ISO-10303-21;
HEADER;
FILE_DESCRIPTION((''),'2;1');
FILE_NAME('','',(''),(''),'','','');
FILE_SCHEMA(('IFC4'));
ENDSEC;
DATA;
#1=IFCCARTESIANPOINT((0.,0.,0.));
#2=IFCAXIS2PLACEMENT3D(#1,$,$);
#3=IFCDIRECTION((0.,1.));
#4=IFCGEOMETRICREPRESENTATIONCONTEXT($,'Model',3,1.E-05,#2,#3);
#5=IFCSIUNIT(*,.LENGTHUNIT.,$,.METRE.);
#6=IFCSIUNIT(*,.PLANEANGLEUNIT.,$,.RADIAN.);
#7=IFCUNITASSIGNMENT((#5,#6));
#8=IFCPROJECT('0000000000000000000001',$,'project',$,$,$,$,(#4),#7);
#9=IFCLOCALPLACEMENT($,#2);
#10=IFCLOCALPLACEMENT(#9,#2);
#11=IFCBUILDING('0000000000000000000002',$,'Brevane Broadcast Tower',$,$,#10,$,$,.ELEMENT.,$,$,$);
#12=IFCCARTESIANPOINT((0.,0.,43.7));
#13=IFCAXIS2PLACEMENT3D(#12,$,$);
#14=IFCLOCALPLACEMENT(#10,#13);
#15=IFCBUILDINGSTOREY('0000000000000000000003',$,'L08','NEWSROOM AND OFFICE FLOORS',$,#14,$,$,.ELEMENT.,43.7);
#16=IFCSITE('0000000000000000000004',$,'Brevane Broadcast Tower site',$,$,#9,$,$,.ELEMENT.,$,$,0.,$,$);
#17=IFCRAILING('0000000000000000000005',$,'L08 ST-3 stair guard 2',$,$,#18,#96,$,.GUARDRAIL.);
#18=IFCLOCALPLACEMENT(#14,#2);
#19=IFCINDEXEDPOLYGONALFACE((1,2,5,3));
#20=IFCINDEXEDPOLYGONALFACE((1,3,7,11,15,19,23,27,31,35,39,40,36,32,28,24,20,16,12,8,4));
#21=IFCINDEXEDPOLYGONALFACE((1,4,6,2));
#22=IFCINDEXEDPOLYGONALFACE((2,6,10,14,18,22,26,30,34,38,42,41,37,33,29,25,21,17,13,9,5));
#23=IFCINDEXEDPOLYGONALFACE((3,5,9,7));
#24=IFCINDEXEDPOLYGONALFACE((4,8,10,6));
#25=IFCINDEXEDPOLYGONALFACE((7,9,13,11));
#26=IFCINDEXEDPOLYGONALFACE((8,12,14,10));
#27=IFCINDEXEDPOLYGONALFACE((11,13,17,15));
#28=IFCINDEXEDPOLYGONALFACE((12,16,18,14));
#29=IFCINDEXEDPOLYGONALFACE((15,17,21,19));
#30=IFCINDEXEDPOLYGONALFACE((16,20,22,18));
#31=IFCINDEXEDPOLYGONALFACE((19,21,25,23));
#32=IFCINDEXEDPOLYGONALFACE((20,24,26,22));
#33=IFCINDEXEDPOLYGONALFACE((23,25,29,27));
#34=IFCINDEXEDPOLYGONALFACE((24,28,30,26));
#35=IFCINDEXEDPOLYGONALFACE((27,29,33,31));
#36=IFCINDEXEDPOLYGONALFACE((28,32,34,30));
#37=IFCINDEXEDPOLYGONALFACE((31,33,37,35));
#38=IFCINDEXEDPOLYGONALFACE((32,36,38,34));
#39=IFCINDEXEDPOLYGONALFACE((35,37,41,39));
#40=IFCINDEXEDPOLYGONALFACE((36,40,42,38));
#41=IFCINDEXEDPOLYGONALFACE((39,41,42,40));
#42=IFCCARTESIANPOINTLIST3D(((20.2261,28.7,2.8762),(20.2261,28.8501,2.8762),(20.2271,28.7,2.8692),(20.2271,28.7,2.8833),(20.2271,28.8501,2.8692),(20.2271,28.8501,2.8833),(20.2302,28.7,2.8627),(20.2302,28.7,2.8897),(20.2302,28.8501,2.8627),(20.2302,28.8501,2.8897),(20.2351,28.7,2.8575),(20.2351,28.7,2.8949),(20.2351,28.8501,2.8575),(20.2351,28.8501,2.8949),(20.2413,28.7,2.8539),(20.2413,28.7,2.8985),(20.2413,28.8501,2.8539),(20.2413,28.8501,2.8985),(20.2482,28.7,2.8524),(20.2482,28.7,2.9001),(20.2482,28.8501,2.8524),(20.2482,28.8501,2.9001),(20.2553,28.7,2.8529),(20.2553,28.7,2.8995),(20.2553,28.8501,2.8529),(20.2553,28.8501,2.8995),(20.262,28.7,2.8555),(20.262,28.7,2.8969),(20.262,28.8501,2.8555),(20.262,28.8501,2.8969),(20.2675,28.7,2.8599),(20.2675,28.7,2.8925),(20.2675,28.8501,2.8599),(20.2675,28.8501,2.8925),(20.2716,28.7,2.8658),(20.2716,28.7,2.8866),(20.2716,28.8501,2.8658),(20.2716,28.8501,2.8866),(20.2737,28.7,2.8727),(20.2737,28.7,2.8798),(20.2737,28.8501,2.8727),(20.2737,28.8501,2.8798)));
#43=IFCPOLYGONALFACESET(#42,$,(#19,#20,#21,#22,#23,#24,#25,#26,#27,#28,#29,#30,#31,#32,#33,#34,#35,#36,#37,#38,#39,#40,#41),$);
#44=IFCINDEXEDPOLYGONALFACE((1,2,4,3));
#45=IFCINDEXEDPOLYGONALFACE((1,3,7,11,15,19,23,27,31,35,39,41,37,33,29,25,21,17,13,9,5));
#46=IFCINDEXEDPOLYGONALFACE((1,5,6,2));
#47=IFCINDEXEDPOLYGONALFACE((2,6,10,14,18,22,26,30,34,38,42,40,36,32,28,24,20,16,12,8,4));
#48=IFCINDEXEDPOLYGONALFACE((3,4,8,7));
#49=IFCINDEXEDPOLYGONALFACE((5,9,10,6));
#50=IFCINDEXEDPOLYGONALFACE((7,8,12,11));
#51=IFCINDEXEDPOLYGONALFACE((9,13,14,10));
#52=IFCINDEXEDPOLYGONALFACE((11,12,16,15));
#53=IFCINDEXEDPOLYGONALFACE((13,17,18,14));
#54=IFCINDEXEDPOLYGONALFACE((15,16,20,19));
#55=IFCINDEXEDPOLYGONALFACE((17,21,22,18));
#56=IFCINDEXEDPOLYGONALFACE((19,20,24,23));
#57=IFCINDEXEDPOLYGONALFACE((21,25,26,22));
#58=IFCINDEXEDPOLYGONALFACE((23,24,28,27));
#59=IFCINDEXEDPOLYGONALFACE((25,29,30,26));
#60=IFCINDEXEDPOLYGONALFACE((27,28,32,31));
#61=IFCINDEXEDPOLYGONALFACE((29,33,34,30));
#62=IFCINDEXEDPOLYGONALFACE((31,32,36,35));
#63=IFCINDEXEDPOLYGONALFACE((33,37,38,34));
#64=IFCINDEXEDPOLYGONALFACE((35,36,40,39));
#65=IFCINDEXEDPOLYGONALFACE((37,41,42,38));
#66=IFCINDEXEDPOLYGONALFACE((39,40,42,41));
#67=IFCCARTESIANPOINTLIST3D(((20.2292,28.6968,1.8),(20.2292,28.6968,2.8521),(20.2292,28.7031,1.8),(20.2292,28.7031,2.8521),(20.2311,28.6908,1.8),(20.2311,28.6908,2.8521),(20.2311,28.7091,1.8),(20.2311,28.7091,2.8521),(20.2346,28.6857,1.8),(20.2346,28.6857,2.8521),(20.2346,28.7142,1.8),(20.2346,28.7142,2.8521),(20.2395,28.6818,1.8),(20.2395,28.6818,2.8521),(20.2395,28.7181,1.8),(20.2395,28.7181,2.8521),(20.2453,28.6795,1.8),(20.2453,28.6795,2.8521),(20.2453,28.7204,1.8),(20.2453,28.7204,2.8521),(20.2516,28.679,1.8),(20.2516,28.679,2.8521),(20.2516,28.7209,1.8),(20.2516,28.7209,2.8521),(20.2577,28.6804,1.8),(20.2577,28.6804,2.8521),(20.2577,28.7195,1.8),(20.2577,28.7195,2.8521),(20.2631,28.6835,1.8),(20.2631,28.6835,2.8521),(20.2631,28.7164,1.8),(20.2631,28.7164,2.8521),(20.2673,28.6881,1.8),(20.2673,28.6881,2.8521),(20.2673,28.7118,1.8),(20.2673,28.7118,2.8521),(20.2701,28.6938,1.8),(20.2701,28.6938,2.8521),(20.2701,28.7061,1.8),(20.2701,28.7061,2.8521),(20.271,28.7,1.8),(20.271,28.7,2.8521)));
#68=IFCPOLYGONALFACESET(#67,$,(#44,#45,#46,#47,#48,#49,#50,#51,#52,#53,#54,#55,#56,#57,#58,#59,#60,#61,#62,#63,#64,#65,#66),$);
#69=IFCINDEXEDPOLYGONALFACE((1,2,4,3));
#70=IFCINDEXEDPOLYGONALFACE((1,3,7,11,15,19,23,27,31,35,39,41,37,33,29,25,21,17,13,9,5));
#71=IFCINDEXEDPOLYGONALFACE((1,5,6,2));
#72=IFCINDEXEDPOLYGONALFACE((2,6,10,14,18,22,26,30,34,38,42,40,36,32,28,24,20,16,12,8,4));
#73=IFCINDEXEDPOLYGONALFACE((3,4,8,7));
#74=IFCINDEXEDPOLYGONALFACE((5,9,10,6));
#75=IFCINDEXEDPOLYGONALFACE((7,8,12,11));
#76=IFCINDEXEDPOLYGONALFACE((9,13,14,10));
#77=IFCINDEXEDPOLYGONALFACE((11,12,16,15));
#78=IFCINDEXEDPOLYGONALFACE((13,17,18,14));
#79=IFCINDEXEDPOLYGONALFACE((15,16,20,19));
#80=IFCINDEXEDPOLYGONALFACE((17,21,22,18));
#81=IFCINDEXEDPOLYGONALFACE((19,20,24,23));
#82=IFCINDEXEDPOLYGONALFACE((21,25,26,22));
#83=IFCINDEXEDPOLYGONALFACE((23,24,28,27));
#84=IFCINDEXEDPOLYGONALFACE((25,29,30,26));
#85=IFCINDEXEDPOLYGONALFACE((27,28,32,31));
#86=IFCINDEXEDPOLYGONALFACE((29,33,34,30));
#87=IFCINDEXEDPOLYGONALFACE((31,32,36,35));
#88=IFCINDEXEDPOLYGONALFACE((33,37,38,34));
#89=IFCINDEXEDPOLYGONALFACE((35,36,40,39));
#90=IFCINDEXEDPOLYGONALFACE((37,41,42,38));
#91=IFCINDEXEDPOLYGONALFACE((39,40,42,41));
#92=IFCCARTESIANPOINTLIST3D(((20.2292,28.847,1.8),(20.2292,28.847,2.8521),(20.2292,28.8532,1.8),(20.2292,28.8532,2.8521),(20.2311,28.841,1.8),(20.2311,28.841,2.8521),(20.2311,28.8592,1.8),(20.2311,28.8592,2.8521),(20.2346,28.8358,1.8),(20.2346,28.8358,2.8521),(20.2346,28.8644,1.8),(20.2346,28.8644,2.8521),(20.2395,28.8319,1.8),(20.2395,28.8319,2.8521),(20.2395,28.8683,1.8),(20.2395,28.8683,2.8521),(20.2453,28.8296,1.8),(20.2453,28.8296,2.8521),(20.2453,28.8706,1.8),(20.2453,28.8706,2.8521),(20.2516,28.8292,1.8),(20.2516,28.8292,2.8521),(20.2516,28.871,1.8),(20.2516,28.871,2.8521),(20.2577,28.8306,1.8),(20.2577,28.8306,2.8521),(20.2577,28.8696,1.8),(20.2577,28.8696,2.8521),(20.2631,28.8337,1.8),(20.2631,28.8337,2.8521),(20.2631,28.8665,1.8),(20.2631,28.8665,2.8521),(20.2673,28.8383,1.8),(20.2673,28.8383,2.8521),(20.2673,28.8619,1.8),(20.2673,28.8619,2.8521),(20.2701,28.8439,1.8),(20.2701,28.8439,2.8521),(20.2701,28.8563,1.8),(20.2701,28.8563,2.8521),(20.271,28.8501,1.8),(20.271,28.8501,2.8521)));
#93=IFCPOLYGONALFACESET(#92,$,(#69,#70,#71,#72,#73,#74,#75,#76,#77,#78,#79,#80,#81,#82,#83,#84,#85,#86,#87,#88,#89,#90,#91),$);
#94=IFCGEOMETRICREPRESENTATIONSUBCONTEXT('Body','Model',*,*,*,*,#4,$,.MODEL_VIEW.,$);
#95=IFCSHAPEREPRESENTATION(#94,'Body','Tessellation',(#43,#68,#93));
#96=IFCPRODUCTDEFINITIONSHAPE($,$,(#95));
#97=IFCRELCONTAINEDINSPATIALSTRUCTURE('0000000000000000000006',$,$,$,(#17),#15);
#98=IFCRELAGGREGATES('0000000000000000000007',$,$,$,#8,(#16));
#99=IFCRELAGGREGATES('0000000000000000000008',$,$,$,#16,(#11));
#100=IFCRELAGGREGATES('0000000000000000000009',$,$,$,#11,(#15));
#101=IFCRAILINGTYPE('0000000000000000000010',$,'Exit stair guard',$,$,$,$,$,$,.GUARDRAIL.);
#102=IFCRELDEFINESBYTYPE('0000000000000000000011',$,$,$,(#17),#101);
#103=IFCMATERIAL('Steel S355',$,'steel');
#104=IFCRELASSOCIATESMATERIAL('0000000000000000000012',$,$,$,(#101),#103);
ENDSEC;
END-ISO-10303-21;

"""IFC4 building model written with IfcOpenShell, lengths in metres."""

from ifc_helpers import new_model, si_unit, direction, frame, origin, origin_2d, place, context, subcontext, project, spatial, circle, extrude, material, type_object, element, save


model = new_model("IFC4")

# Units and contexts
model_context = context("Model", 3, precision=1e-05, world=origin(), true_north=direction((0.0, 1.0)))
body_context = subcontext(model_context, "Body", "Model", "MODEL_VIEW")
ifc_project = project(units=[si_unit("LENGTHUNIT", "METRE"), si_unit("PLANEANGLEUNIT", "RADIAN")], contexts=[model_context])

# Site, building, storey
site_placement = place(None, origin())
site = spatial("IfcSite", under=ifc_project, at=site_placement, Name="Brevane Broadcast Tower site", CompositionType="ELEMENT", RefElevation=0.0)
building_placement = place(site_placement, origin())
building = spatial("IfcBuilding", under=site, at=building_placement, Name="Brevane Broadcast Tower", CompositionType="ELEMENT")
storey_placement = place(building_placement, frame((0.0, 0.0, 43.7)))
storey = spatial("IfcBuildingStorey", under=building, at=storey_placement, Name="L08", Description="NEWSROOM AND OFFICE FLOORS", CompositionType="ELEMENT", Elevation=43.7)

# Railing
ifc_material_1 = material(Name="Steel S355", Category="steel")
railing_type_1 = type_object("IfcRailingType", Name="Exit stair guard", PredefinedType="GUARDRAIL", material=ifc_material_1)
railing_1_placement = place(storey_placement, frame((20.25, 28.7, 1.8)))
element("IfcRailing", 1, at=railing_1_placement, inside=storey, type_object=railing_type_1, Name="L08 ST-3 stair guard 2", PredefinedType="GUARDRAIL", context=body_context, shape_type="SweptSolid", body=[
    extrude(circle(Radius=0.0239, at=origin_2d()), frame((0.0, 0.0, 1.0762), z_axis=(0.0, 1.0, 0.0), x_axis=(-1.0, 0.0, 0.0)), (0.0, 0.0, 1.0), 0.1501),
    extrude(circle(Radius=0.021, at=origin_2d()), origin(), (0.0, 0.0, 1.0), 1.052),
    extrude(circle(Radius=0.021, at=origin_2d()), frame((0.0, 0.1501, 0.0)), (0.0, 0.0, 1.0), 1.052),
])

save(model, "model.ifc")
